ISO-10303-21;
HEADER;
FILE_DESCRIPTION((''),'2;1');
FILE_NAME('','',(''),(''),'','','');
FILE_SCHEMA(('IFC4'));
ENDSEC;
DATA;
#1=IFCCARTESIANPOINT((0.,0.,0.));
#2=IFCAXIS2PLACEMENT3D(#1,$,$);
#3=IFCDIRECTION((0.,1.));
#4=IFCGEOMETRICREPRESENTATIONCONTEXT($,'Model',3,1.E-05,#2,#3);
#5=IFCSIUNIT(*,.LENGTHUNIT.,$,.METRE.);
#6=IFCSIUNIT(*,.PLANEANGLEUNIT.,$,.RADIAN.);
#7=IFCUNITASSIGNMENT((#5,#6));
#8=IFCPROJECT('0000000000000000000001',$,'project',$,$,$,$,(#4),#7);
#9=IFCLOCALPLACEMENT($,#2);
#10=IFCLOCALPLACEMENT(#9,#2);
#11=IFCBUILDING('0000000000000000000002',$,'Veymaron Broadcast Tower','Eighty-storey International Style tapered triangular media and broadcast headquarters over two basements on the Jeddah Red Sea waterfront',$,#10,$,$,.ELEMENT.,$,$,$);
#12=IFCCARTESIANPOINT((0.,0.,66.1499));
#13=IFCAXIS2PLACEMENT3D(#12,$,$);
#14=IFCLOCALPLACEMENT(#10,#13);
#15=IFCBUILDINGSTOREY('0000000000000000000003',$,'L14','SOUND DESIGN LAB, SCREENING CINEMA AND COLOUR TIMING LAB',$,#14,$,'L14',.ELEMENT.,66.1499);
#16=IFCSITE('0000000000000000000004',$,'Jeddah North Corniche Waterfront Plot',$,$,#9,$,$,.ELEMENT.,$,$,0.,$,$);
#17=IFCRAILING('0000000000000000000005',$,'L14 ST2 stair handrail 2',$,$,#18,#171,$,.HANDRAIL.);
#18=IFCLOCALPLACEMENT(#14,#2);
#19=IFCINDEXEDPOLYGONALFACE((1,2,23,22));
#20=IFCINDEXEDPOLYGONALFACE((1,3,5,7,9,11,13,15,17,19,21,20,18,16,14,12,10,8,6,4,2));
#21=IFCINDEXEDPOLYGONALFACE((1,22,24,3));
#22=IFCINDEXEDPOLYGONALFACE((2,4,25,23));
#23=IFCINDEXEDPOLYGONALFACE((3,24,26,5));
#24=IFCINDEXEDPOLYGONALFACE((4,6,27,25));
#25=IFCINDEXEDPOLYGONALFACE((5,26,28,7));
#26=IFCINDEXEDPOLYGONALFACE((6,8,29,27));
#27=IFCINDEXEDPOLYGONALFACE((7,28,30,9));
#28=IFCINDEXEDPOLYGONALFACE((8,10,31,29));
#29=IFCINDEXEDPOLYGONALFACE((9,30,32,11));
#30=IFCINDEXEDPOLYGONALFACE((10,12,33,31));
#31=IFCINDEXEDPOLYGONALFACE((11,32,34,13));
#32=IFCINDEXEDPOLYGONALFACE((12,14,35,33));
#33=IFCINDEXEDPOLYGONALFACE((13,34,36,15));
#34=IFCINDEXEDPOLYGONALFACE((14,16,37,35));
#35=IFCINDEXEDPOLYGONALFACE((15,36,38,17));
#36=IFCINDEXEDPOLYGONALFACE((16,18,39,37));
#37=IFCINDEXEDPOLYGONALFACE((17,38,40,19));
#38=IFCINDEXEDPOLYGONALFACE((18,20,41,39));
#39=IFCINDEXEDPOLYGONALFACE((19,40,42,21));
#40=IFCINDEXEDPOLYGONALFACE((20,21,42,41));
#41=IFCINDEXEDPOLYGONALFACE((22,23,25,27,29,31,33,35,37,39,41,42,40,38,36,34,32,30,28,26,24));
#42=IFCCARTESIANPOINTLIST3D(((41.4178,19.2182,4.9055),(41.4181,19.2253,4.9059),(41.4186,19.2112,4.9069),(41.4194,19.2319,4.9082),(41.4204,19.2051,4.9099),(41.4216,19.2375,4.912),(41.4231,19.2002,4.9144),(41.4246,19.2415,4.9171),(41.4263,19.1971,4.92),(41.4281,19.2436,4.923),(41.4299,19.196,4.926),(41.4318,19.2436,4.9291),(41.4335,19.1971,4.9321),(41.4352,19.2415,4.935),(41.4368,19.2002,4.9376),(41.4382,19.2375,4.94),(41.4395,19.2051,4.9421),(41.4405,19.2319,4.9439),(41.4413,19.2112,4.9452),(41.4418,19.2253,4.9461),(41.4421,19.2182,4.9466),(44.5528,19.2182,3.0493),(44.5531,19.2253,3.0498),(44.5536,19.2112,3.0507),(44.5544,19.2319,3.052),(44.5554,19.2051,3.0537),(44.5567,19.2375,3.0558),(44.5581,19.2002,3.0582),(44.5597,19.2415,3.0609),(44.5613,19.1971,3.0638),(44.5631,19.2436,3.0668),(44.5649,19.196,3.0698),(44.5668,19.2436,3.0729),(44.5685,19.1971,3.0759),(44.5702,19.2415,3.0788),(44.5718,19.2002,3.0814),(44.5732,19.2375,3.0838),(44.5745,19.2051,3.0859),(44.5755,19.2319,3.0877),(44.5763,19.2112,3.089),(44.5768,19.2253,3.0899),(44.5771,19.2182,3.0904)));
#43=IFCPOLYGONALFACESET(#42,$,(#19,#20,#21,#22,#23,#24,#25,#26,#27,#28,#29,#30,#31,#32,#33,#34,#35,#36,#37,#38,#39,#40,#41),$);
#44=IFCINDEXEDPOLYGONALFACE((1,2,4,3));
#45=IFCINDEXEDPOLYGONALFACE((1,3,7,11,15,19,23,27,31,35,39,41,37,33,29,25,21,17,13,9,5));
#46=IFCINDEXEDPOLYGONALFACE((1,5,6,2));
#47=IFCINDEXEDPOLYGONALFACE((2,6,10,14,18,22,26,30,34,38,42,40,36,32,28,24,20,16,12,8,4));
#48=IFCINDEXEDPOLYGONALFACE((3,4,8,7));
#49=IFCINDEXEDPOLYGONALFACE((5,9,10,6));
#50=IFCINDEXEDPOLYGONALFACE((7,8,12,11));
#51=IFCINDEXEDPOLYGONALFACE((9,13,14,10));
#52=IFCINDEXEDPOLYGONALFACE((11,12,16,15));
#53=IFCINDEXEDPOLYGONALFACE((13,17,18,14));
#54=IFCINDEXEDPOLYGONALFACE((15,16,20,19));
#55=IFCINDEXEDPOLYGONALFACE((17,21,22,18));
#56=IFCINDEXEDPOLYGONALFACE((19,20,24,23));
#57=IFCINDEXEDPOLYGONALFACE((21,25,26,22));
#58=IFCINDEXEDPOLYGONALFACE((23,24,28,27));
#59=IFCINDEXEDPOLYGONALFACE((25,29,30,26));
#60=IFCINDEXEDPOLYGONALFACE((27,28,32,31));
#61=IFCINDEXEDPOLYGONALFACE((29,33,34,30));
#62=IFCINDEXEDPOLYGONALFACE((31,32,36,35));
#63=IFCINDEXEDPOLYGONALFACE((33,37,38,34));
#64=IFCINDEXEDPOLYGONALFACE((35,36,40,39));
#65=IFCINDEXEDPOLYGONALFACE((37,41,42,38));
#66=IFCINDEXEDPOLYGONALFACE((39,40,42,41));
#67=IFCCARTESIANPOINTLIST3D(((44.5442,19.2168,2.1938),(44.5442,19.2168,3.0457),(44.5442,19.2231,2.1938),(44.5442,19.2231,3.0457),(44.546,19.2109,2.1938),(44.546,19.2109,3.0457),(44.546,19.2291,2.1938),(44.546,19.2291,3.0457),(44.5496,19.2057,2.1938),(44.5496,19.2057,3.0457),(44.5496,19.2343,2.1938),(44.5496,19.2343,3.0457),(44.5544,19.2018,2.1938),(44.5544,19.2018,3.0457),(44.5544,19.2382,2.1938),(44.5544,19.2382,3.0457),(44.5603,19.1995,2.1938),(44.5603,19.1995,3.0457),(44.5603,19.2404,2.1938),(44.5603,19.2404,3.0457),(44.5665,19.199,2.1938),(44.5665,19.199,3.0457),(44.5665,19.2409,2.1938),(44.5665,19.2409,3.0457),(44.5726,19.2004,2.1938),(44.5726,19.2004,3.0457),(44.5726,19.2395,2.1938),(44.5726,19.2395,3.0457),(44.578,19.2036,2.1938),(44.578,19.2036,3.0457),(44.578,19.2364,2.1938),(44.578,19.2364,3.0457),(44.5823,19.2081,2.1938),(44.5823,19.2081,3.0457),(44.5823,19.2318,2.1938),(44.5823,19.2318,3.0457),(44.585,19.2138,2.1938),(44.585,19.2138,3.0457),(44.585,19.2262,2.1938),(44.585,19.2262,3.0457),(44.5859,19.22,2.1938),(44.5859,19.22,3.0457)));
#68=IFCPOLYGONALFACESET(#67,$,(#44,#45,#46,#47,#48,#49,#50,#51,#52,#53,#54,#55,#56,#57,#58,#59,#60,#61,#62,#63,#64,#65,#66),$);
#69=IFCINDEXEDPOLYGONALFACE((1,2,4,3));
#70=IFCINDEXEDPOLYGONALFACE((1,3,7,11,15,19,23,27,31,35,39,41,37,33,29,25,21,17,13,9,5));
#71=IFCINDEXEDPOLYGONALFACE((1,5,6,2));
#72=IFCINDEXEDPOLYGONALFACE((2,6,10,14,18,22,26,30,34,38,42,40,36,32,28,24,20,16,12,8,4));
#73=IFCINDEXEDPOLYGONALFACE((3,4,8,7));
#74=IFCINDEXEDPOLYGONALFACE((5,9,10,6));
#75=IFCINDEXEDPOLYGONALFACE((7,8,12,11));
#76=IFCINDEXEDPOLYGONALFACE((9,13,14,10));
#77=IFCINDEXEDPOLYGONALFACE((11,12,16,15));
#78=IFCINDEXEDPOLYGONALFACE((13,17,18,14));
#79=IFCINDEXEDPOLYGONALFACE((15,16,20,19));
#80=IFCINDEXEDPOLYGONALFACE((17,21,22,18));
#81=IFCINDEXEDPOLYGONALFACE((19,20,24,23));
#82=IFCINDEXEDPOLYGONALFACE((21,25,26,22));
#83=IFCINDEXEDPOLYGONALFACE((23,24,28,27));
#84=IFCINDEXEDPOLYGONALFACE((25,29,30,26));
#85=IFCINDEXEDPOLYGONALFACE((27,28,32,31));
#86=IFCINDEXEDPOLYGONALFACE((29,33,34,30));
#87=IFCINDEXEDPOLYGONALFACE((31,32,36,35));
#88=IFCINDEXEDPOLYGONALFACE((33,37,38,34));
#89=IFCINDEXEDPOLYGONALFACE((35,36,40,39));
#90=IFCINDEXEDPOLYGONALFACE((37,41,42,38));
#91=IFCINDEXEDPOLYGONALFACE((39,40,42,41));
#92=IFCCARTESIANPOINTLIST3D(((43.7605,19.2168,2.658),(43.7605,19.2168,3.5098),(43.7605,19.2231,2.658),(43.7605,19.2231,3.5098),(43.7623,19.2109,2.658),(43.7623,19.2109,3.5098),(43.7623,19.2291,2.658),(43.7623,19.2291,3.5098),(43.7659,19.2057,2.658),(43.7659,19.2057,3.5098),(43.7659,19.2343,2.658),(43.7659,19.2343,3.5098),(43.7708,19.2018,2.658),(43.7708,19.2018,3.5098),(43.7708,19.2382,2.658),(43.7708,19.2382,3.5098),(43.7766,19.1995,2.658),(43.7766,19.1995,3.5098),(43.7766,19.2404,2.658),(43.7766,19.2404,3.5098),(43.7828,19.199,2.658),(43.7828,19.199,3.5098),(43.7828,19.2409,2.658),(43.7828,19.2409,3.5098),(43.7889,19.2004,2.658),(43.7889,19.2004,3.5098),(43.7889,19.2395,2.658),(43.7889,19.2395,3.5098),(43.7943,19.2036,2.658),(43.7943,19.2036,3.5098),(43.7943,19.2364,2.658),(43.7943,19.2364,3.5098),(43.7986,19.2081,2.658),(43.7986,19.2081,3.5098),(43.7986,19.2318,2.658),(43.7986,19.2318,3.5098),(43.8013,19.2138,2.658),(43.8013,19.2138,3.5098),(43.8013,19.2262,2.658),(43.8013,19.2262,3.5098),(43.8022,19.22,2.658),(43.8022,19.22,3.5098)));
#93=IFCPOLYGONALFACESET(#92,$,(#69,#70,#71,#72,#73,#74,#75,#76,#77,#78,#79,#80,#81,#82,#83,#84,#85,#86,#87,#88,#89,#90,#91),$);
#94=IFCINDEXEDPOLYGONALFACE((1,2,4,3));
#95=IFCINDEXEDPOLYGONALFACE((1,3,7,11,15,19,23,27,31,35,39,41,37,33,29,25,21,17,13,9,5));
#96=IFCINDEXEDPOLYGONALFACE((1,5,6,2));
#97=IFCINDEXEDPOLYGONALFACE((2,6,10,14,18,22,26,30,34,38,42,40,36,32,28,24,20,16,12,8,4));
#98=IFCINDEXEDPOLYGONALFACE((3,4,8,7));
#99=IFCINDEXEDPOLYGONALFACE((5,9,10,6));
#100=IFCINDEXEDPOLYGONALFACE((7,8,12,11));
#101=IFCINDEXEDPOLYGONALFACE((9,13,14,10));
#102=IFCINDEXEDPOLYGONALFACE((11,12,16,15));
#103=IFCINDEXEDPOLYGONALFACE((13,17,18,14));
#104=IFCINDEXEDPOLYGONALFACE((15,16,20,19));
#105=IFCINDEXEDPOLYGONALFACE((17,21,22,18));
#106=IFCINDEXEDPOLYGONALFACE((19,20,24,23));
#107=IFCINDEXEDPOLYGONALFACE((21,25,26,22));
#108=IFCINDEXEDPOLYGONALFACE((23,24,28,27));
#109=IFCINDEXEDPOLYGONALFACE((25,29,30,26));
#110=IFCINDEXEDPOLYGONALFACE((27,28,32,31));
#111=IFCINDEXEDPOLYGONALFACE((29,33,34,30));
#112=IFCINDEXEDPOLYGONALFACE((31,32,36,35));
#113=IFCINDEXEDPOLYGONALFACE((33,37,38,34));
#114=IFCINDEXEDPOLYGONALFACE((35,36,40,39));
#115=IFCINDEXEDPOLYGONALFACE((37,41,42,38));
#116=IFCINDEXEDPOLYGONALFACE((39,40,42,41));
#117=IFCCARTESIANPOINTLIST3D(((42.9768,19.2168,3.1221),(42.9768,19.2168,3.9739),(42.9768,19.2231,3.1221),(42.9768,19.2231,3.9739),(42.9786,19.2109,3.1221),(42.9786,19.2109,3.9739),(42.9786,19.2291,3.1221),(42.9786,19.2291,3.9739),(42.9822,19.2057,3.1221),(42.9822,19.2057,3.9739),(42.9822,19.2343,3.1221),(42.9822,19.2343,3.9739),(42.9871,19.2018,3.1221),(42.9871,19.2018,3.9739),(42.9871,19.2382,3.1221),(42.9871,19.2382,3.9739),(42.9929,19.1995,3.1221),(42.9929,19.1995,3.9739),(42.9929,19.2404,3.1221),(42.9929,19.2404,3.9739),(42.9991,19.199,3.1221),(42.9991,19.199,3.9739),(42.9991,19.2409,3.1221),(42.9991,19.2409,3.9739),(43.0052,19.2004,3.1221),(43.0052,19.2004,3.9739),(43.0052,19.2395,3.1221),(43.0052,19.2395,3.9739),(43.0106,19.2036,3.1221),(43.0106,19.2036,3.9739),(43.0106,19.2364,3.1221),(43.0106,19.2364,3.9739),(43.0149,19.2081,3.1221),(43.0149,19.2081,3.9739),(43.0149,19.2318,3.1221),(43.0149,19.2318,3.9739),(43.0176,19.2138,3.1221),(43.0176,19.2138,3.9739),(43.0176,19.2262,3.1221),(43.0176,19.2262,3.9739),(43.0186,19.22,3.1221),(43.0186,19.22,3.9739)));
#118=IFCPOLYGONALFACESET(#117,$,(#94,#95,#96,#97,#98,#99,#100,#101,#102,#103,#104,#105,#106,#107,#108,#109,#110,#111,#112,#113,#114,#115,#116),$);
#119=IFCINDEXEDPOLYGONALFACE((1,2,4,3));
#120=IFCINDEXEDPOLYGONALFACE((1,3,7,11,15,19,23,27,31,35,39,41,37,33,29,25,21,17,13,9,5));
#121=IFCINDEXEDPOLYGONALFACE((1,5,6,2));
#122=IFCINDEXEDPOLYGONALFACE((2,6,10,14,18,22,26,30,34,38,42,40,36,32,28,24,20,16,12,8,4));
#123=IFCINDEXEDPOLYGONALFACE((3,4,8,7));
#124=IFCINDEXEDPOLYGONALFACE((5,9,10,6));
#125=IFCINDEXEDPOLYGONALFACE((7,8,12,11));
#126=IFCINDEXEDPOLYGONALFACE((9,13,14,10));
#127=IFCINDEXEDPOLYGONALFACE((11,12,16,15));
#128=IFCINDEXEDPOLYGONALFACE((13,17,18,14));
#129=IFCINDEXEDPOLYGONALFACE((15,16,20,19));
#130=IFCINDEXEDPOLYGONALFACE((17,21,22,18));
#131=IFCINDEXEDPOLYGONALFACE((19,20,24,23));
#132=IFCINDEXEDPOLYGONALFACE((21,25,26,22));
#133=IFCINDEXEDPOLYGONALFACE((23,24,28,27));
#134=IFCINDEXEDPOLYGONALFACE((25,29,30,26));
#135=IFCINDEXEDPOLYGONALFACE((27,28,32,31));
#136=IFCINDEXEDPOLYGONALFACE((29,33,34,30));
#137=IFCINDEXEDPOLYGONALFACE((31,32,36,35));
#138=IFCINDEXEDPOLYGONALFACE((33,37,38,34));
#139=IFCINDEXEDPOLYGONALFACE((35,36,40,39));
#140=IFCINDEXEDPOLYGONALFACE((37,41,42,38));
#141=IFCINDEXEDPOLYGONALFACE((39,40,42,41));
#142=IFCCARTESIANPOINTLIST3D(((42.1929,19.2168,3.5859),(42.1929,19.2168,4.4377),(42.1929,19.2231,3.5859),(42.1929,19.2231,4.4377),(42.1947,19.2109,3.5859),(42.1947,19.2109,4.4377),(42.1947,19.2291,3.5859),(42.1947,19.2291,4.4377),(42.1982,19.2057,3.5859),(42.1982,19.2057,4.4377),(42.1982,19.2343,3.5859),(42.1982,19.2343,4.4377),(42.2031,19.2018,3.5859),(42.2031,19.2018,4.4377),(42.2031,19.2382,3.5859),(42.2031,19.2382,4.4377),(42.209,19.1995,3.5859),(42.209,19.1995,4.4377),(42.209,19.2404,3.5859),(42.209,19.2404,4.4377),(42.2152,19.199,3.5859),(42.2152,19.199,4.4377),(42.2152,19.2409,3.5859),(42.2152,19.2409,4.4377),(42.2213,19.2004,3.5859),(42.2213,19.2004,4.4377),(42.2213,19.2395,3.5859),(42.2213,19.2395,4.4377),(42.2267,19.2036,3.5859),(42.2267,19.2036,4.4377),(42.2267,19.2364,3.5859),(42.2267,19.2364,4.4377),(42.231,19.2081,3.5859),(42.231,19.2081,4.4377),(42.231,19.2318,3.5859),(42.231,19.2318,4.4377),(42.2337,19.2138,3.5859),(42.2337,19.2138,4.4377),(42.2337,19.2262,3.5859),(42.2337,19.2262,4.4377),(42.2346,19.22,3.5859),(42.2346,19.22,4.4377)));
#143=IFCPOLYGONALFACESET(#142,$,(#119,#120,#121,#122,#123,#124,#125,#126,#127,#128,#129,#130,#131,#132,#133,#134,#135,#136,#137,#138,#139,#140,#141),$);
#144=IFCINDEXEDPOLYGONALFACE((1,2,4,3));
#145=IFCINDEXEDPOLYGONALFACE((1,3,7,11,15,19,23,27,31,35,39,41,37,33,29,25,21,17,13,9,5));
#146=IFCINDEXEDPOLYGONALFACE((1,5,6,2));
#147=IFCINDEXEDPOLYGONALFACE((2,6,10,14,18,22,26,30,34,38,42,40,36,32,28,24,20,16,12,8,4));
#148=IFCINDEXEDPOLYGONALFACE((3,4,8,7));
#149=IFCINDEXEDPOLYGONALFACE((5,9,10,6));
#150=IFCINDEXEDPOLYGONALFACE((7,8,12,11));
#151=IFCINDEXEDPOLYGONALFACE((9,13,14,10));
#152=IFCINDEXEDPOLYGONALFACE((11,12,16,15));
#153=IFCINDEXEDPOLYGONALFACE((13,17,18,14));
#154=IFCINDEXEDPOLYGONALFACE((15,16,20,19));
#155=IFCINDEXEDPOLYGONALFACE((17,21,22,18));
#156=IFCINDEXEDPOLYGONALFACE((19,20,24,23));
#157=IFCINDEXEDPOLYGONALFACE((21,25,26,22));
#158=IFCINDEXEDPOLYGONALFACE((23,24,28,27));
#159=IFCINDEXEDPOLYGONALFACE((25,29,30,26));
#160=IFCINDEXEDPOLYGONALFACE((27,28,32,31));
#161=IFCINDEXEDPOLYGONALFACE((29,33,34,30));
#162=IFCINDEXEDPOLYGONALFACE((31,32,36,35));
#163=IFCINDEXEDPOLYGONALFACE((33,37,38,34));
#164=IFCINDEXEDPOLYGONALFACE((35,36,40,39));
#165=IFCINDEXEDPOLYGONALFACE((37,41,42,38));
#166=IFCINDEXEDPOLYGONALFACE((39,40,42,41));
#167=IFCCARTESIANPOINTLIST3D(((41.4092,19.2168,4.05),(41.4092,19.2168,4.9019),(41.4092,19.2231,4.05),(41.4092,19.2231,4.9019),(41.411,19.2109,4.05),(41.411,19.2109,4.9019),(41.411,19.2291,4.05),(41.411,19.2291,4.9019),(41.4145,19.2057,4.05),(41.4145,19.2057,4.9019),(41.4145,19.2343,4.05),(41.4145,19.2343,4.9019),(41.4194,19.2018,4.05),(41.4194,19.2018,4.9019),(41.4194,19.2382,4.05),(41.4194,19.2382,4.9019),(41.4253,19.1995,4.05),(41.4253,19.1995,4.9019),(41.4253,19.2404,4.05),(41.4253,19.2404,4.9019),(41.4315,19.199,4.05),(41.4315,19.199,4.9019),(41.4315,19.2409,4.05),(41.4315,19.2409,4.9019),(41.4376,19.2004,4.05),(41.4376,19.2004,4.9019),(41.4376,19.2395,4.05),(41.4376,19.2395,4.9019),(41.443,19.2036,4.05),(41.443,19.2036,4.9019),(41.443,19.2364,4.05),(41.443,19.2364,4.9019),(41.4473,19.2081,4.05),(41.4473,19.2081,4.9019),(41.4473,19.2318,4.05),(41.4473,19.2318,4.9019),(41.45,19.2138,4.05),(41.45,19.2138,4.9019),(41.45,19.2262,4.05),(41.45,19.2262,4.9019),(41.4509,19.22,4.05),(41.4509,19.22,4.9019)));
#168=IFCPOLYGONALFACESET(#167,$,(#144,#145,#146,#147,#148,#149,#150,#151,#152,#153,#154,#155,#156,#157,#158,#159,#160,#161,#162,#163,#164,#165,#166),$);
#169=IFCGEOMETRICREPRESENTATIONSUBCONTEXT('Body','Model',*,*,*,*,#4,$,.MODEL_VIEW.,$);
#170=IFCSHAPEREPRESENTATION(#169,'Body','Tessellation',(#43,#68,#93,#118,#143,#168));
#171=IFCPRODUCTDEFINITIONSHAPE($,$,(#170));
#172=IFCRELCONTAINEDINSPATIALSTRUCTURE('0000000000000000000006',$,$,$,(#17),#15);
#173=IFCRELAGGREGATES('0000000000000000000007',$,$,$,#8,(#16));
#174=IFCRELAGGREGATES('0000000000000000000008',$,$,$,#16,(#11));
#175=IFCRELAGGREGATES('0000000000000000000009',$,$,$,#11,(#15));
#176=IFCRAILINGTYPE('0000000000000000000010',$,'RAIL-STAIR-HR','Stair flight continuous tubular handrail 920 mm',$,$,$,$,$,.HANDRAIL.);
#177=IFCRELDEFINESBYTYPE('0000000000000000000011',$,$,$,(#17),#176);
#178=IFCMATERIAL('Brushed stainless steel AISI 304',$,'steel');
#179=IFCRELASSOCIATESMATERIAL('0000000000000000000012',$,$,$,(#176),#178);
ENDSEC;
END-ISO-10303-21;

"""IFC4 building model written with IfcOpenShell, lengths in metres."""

from ifc_helpers import new_model, si_unit, direction, frame, origin, origin_2d, place, context, subcontext, project, spatial, circle, extrude, material, type_object, element, save


model = new_model("IFC4")

# Units and contexts
model_context = context("Model", 3, precision=1e-05, world=origin(), true_north=direction((0.0, 1.0)))
body_context = subcontext(model_context, "Body", "Model", "MODEL_VIEW")
ifc_project = project(units=[si_unit("LENGTHUNIT", "METRE"), si_unit("PLANEANGLEUNIT", "RADIAN")], contexts=[model_context])

# Site, building, storey
site_placement = place(None, origin())
site = spatial("IfcSite", under=ifc_project, at=site_placement, Name="Jeddah North Corniche Waterfront Plot", CompositionType="ELEMENT", RefElevation=0.0)
building_placement = place(site_placement, origin())
building = spatial("IfcBuilding", under=site, at=building_placement, Name="Veymaron Broadcast Tower", Description="Eighty-storey International Style tapered triangular media and broadcast headquarters over two basements on the Jeddah Red Sea waterfront", CompositionType="ELEMENT")
storey_placement = place(building_placement, frame((0.0, 0.0, 66.1499)))
storey = spatial("IfcBuildingStorey", under=building, at=storey_placement, Name="L14", Description="SOUND DESIGN LAB, SCREENING CINEMA AND COLOUR TIMING LAB", LongName="L14", CompositionType="ELEMENT", Elevation=66.1499)

# Shared definitions
ifc_material_1 = material(Name="Brushed stainless steel AISI 304", Category="steel")

# Railing
railing_type_1 = type_object("IfcRailingType", Name="RAIL-STAIR-HR", Description="Stair flight continuous tubular handrail 920 mm", PredefinedType="HANDRAIL", material=ifc_material_1)
railing_1_placement = place(storey_placement, frame((44.5649, 19.22, 2.1938)))
element("IfcRailing", 1, at=railing_1_placement, inside=storey, type_object=railing_type_1, Name="L14 ST2 stair handrail 2", PredefinedType="HANDRAIL", context=body_context, shape_type="SweptSolid", body=[
    extrude(circle(Radius=0.0239, at=origin_2d()), frame((0.0, 0.0, 0.876), z_axis=(-0.860482, 0.0, 0.509481), x_axis=(0.0, -1.0, 0.0)), (0.0, 0.0, 1.0), 3.6433),
    extrude(circle(Radius=0.021, at=origin_2d()), origin(), (0.0, 0.0, 1.0), 0.8518),
    extrude(circle(Radius=0.021, at=origin_2d()), frame((-0.7837, 0.0, 0.4641)), (0.0, 0.0, 1.0), 0.8518),
    extrude(circle(Radius=0.021, at=origin_2d()), frame((-1.5674, 0.0, 0.9282)), (0.0, 0.0, 1.0), 0.8518),
    extrude(circle(Radius=0.021, at=origin_2d()), frame((-2.3513, 0.0, 1.3921)), (0.0, 0.0, 1.0), 0.8518),
    extrude(circle(Radius=0.021, at=origin_2d()), frame((-3.135, 0.0, 1.8562)), (0.0, 0.0, 1.0), 0.8518),
])

save(model, "model.ifc")
